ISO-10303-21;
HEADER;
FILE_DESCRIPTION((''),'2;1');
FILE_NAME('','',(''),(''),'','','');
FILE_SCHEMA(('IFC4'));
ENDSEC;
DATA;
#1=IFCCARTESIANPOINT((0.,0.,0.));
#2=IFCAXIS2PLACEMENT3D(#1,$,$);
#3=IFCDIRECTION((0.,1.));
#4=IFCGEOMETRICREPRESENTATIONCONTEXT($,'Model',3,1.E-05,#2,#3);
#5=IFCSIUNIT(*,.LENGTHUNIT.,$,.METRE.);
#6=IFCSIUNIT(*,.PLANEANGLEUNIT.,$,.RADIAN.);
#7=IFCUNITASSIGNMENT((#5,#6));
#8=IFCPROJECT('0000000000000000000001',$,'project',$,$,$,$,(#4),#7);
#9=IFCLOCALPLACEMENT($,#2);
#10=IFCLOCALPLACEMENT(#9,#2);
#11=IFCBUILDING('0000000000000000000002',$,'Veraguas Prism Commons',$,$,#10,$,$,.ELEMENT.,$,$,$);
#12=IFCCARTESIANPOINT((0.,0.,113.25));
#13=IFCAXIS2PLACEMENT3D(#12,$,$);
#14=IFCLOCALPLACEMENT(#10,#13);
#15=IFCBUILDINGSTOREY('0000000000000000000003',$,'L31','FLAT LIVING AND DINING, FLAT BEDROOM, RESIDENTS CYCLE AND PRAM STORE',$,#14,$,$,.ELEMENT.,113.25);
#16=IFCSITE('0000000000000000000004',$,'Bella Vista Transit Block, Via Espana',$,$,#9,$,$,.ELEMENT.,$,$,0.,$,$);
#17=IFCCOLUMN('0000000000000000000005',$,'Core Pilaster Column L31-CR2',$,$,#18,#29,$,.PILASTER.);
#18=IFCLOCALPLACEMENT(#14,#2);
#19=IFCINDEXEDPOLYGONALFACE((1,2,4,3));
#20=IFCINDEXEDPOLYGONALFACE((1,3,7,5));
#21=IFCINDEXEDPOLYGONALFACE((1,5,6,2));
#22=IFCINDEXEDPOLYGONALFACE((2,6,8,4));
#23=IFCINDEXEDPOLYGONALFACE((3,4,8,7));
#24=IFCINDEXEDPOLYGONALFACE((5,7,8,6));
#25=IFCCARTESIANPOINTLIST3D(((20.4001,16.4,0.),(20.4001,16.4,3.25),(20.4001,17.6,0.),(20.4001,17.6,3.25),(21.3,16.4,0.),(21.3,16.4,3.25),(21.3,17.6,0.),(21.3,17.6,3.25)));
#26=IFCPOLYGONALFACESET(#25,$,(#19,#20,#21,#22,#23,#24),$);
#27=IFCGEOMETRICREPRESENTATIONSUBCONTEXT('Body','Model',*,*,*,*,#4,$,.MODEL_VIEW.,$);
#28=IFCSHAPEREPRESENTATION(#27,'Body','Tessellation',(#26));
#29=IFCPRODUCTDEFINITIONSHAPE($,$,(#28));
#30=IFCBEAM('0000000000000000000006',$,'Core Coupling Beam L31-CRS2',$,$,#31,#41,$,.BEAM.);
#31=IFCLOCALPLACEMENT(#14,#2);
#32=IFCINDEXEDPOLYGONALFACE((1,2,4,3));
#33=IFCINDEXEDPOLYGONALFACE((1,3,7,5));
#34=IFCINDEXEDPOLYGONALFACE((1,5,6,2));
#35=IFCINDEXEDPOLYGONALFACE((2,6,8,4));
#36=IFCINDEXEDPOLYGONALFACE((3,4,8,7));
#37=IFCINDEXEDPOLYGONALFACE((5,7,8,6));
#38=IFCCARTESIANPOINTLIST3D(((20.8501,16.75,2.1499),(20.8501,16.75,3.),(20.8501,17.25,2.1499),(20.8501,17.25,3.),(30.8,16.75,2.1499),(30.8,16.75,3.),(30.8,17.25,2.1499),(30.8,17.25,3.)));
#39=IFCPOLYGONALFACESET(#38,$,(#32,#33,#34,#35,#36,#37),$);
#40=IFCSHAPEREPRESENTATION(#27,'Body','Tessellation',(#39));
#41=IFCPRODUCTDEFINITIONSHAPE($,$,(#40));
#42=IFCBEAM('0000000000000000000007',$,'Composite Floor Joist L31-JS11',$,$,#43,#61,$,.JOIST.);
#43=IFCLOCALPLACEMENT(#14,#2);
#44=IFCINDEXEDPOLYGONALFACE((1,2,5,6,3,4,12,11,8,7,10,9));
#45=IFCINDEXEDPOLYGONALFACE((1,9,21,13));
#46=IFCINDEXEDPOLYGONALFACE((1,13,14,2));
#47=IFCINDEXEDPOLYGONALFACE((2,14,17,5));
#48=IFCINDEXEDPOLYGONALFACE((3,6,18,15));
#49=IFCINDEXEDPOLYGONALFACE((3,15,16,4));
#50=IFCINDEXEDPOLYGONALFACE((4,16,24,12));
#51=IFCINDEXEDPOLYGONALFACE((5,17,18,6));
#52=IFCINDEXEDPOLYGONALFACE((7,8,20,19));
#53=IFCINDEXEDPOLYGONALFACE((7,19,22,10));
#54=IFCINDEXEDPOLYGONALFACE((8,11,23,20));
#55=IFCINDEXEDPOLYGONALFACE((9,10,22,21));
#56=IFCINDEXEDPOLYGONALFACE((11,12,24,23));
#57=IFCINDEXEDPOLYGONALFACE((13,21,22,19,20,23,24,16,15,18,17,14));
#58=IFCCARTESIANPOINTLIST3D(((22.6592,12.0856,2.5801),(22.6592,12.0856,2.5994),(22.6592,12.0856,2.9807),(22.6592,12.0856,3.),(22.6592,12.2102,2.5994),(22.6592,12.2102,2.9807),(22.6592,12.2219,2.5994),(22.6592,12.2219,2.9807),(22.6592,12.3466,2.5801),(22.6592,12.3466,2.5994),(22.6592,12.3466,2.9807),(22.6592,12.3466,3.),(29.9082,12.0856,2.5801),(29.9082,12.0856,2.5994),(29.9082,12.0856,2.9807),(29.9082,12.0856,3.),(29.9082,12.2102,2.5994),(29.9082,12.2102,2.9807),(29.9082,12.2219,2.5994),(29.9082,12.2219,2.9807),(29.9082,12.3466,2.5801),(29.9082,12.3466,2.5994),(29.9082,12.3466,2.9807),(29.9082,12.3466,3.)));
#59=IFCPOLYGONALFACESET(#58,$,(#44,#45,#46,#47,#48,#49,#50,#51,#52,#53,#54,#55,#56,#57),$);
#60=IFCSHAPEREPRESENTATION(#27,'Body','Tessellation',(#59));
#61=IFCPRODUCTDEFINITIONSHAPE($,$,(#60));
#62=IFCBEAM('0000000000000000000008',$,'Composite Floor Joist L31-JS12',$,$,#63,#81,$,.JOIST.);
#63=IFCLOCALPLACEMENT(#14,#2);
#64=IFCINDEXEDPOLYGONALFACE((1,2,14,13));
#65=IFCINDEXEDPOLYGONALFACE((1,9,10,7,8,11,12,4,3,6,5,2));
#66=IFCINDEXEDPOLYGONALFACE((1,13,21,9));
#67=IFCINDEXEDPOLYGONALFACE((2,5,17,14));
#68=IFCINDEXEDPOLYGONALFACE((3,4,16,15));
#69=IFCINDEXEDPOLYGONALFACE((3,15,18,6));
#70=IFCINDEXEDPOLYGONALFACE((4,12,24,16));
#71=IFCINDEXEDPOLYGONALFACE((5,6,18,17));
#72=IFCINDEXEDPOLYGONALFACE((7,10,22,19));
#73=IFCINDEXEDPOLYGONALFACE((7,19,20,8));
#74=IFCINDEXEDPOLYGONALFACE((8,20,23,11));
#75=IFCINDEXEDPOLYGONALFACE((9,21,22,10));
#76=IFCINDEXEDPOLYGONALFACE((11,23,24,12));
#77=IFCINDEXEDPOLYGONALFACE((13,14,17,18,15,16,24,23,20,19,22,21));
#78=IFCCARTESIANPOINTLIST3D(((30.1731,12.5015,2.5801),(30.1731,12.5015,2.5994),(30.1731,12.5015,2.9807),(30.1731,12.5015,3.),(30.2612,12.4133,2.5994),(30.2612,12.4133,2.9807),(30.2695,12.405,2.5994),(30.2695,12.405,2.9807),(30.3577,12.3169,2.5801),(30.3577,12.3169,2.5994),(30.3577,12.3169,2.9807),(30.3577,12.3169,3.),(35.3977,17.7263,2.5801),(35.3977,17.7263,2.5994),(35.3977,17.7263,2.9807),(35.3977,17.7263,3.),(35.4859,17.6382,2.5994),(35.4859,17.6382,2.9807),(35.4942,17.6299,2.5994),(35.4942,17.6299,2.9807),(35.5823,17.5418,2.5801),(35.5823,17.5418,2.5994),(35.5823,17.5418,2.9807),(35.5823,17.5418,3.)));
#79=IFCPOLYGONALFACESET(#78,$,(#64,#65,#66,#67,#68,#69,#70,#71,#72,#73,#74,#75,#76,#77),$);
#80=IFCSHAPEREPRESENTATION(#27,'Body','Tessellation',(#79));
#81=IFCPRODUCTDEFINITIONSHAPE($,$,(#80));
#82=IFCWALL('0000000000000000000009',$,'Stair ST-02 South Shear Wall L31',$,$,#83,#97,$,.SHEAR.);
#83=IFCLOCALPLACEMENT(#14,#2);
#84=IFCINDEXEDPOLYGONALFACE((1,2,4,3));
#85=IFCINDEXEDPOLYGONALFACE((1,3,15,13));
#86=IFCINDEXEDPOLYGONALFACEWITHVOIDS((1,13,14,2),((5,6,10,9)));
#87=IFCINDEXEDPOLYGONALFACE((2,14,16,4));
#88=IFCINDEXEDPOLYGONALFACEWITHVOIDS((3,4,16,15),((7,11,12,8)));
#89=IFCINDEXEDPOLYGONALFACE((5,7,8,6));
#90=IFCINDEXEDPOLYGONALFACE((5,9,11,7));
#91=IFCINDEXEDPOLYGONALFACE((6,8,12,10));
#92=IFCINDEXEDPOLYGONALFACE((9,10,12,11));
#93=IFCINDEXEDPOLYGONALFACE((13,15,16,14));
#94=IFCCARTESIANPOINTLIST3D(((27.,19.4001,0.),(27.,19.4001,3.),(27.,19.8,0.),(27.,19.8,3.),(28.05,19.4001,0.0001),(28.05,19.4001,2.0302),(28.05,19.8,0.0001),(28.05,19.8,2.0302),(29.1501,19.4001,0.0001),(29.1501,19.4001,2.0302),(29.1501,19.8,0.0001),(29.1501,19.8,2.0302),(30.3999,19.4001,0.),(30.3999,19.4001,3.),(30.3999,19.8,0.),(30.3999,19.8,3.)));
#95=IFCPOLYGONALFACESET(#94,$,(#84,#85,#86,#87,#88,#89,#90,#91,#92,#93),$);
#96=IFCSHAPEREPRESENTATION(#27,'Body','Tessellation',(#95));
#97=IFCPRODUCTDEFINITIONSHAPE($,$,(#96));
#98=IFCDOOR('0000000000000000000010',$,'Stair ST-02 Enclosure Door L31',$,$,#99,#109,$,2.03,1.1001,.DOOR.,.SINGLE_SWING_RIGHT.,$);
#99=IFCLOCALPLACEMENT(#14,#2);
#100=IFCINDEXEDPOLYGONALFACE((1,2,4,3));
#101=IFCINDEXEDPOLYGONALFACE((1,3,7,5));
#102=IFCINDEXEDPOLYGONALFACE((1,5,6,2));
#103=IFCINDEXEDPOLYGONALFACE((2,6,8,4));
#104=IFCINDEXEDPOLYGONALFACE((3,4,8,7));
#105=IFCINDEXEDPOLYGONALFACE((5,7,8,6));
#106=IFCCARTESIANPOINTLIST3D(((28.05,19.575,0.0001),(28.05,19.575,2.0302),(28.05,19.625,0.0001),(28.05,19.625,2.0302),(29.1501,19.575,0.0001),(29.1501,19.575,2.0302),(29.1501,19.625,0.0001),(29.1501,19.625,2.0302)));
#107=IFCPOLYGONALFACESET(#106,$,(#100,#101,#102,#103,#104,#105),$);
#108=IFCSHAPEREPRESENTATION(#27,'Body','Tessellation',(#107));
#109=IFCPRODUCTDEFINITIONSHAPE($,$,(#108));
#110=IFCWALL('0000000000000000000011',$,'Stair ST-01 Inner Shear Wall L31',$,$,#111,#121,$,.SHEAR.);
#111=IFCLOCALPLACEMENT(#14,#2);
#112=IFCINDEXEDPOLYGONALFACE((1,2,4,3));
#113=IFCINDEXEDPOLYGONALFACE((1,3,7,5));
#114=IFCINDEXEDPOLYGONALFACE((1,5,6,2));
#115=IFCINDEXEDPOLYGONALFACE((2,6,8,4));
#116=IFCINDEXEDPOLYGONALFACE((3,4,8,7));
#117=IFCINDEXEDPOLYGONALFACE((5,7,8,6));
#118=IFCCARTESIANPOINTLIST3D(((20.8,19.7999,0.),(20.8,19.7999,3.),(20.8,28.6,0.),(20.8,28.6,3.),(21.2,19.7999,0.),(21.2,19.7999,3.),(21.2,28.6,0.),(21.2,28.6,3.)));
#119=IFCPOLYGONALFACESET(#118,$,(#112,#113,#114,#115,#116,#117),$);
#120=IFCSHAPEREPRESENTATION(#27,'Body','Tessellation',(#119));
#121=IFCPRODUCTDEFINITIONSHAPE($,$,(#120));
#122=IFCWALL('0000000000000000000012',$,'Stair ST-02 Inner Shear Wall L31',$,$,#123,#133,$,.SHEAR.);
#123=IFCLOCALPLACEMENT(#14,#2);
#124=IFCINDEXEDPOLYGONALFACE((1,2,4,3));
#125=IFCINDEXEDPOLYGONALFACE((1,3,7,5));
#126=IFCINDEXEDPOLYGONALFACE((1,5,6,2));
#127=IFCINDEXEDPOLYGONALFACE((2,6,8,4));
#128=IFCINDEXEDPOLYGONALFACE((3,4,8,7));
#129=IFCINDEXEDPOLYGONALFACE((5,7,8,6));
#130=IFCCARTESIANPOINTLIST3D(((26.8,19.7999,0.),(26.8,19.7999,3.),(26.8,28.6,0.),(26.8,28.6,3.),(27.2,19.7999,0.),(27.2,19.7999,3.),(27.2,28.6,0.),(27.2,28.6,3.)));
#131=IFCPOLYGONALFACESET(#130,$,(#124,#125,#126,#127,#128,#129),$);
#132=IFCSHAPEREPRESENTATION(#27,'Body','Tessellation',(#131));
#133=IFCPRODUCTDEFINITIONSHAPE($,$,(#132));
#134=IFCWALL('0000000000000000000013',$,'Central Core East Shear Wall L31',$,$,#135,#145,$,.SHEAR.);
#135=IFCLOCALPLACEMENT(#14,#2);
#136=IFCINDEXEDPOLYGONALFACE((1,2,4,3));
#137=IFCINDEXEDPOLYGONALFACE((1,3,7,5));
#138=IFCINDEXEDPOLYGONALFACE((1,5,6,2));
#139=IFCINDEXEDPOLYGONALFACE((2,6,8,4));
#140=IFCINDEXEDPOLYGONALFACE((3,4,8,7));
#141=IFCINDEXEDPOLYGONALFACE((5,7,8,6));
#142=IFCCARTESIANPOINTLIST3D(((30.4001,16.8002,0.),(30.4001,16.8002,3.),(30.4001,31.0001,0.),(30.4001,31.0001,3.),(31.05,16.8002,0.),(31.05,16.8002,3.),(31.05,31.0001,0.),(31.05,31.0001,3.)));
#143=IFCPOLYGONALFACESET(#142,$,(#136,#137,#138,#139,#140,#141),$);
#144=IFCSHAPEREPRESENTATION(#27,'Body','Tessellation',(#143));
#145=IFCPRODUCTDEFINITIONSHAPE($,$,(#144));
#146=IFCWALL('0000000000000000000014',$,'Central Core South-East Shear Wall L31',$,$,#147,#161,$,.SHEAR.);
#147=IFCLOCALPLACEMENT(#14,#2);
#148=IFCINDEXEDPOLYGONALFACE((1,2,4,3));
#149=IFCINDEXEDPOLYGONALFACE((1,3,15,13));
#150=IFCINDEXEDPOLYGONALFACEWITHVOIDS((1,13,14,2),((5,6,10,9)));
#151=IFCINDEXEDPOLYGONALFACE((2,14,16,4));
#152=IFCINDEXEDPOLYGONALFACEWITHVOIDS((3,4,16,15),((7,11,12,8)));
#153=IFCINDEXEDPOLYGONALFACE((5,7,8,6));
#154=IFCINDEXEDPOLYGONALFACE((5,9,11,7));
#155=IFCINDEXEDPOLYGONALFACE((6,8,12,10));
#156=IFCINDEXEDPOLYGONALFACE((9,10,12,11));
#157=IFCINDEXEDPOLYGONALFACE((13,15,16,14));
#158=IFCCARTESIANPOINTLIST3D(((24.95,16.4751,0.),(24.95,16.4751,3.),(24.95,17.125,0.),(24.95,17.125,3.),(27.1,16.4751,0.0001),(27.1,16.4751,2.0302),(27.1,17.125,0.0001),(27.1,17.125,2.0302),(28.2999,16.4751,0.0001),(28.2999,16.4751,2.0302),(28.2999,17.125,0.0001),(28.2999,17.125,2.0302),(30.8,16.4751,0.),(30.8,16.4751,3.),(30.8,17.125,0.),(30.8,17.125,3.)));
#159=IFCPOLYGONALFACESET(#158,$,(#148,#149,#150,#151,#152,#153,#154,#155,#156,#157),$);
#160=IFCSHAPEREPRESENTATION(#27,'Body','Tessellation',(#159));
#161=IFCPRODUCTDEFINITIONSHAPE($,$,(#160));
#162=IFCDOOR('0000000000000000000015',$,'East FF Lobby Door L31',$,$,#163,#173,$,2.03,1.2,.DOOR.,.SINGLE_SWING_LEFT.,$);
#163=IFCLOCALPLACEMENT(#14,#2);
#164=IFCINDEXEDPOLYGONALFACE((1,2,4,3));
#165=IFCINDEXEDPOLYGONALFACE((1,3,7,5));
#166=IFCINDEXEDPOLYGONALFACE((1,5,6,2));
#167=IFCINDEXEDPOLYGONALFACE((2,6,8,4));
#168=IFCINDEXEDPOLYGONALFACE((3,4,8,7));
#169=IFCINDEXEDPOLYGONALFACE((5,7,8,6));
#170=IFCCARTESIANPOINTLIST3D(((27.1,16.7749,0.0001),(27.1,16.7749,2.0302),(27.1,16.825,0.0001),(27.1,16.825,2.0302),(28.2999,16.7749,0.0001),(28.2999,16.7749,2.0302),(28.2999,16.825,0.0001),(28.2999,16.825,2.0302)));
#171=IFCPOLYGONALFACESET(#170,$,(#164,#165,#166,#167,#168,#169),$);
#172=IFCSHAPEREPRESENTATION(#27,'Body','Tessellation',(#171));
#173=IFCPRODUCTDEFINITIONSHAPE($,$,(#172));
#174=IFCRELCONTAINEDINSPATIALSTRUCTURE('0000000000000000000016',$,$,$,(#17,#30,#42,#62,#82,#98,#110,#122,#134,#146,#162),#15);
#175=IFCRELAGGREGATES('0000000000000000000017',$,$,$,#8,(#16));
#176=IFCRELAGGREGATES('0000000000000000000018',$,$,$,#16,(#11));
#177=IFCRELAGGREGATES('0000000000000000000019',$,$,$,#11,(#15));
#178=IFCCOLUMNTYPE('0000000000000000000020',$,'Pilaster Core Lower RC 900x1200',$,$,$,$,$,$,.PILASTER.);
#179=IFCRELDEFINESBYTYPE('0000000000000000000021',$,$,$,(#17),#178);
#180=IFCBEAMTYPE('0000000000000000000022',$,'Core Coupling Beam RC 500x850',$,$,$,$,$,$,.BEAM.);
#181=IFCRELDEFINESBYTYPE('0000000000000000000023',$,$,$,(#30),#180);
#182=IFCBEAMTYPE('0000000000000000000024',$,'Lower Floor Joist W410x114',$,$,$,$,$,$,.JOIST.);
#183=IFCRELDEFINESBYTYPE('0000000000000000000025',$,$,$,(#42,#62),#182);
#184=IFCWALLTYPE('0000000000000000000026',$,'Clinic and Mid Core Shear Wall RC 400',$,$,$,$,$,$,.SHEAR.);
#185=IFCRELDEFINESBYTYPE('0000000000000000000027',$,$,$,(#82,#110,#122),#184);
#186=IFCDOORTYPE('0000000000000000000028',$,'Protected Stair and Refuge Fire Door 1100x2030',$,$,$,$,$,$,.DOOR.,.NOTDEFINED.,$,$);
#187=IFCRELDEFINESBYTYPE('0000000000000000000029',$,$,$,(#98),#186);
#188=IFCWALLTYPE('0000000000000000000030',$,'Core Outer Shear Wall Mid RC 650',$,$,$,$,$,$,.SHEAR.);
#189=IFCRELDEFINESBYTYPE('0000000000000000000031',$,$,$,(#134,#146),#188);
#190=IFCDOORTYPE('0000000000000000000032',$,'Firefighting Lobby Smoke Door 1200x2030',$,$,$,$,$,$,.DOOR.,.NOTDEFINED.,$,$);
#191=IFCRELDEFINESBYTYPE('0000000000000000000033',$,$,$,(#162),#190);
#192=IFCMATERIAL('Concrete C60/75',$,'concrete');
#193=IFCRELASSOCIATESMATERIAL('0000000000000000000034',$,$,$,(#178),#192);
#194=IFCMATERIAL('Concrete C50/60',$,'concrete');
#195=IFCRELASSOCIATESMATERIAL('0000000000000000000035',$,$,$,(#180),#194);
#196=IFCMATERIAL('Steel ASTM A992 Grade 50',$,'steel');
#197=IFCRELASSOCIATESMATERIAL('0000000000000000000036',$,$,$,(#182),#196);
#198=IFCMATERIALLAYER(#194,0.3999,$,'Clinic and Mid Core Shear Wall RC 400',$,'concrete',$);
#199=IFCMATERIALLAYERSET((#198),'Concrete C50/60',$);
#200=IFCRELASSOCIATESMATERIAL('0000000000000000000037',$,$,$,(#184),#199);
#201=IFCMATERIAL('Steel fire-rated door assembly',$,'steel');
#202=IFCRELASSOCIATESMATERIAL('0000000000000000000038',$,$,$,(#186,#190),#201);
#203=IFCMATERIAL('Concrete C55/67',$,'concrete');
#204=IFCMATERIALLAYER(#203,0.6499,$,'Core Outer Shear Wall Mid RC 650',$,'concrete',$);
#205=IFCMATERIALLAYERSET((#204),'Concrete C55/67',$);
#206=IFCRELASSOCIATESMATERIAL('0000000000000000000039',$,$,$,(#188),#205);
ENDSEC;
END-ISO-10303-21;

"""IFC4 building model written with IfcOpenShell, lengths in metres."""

from ifc_helpers import new_model, si_unit, direction, frame, frame_2d, origin, origin_2d, place, context, subcontext, project, spatial, rectangle, i_section, extrude, source, transform, mapped, material, layer, layer_set, material_profile, profile_set, type_object, element, fill, save


model = new_model("IFC4")

# Units and contexts
model_context = context("Model", 3, precision=1e-05, world=origin(), true_north=direction((0.0, 1.0)))
body_context = subcontext(model_context, "Body", "Model", "MODEL_VIEW")
ifc_project = project(units=[si_unit("LENGTHUNIT", "METRE"), si_unit("PLANEANGLEUNIT", "RADIAN")], contexts=[model_context])

# Site, building, storey
site_placement = place(None, origin())
site = spatial("IfcSite", under=ifc_project, at=site_placement, Name="Bella Vista Transit Block, Via Espana", CompositionType="ELEMENT", RefElevation=0.0)
building_placement = place(site_placement, origin())
building = spatial("IfcBuilding", under=site, at=building_placement, Name="Veraguas Prism Commons", CompositionType="ELEMENT")
storey_placement = place(building_placement, frame((0.0, 0.0, 113.25)))
storey = spatial("IfcBuildingStorey", under=building, at=storey_placement, Name="L31", Description="FLAT LIVING AND DINING, FLAT BEDROOM, RESIDENTS CYCLE AND PRAM STORE", CompositionType="ELEMENT", Elevation=113.25)

# Column
ifc_material_1 = material(Name="Concrete C60/75", Category="concrete")
ifc_material_profile_1 = material_profile(ifc_material_1, rectangle(XDim=0.8999, YDim=1.2, at=origin_2d()), Name="RC900X1200")
ifc_profile_set_1 = profile_set([ifc_material_profile_1], Name="Concrete C60/75")
column_type = type_object("IfcColumnType", Name="Pilaster Core Lower RC 900x1200", PredefinedType="PILASTER", material=ifc_profile_set_1)
column_placement = place(storey_placement, frame((20.8501, 17.0, 0.0), z_axis=(0.0, 0.0, 1.0), x_axis=(1.0, 0.0, 0.0)))
element("IfcColumn", 1, at=column_placement, inside=storey, type_object=column_type, Name="Core Pilaster Column L31-CR2", PredefinedType="PILASTER", context=body_context, shape_type="SweptSolid", body=[
    extrude(rectangle(XDim=0.8999, YDim=1.2, at=origin_2d()), origin(), (0.0, 0.0, 1.0), 3.25),
])

# Beams
ifc_material_2 = material(Name="Concrete C50/60", Category="concrete")
ifc_material_profile_2 = material_profile(ifc_material_2, rectangle(XDim=0.5, YDim=0.8501, at=origin_2d()), Name="RC500X850")
ifc_profile_set_2 = profile_set([ifc_material_profile_2], Name="Concrete C50/60")
beam_type_1 = type_object("IfcBeamType", Name="Core Coupling Beam RC 500x850", PredefinedType="BEAM", material=ifc_profile_set_2)
beam_1_placement = place(storey_placement, frame((20.8501, 17.0, 2.575), z_axis=(1.0, 0.0, 0.0), x_axis=(0.0, 1.0, 0.0)))
element("IfcBeam", 2, at=beam_1_placement, inside=storey, type_object=beam_type_1, Name="Core Coupling Beam L31-CRS2", PredefinedType="BEAM", context=body_context, shape_type="SweptSolid", body=[
    extrude(rectangle(XDim=0.5, YDim=0.8501, at=origin_2d()), origin(), (0.0, 0.0, 1.0), 9.95),
])
ifc_material_3 = material(Name="Steel ASTM A992 Grade 50", Category="steel")
ifc_material_profile_3 = material_profile(ifc_material_3, i_section(OverallWidth=0.261, OverallDepth=0.4199, WebThickness=0.0117, FlangeThickness=0.0193, at=origin_2d()), Name="W410X114")
ifc_profile_set_3 = profile_set([ifc_material_profile_3], Name="Steel ASTM A992 Grade 50")
beam_type_2 = type_object("IfcBeamType", Name="Lower Floor Joist W410x114", PredefinedType="JOIST", material=ifc_profile_set_3)
beam_2_placement = place(storey_placement, frame((22.6592, 12.2161, 2.79), z_axis=(1.0, 0.0, 0.0), x_axis=(0.0, 1.0, 0.0)))
element("IfcBeam", 3, at=beam_2_placement, inside=storey, type_object=beam_type_2, Name="Composite Floor Joist L31-JS11", PredefinedType="JOIST", context=body_context, shape_type="SweptSolid", body=[
    extrude(i_section(OverallWidth=0.261, OverallDepth=0.4199, WebThickness=0.0117, FlangeThickness=0.0193, at=origin_2d()), origin(), (0.0, 0.0, 1.0), 7.249),
])
beam_3_placement = place(storey_placement, frame((30.2654, 12.4092, 2.79), z_axis=(0.70709, 0.707123, 0.0), x_axis=(-0.707123, 0.70709, 0.0)))
element("IfcBeam", 4, at=beam_3_placement, inside=storey, type_object=beam_type_2, Name="Composite Floor Joist L31-JS12", PredefinedType="JOIST", context=body_context, shape_type="SweptSolid", body=[
    extrude(i_section(OverallWidth=0.261, OverallDepth=0.4199, WebThickness=0.0117, FlangeThickness=0.0193, at=origin_2d()), origin(), (0.0, 0.0, 1.0), 7.3889),
])

# Wall, opening, door
ifc_layer_1 = layer(ifc_material_2, 0.3999, Name="Clinic and Mid Core Shear Wall RC 400", Category="concrete")
ifc_layer_set_1 = layer_set([ifc_layer_1], Name="Concrete C50/60")
wall_type_1 = type_object("IfcWallType", Name="Clinic and Mid Core Shear Wall RC 400", PredefinedType="SHEAR", material=ifc_layer_set_1)
wall_1_placement = place(storey_placement, frame((27.0, 19.6001, 0.0), z_axis=(0.0, 0.0, 1.0), x_axis=(1.0, 0.0, 0.0)))
wall_1 = element("IfcWall", 5, at=wall_1_placement, inside=storey, type_object=wall_type_1, Name="Stair ST-02 South Shear Wall L31", PredefinedType="SHEAR", context=body_context, shape_type="SweptSolid", body=[
    extrude(rectangle(XDim=3.3999, YDim=0.3999, at=frame_2d((1.7, 0.0))), origin(), (0.0, 0.0, 1.0), 3.0),
])
opening_1_placement = place(wall_1_placement, frame((1.05, 0.0, 0.0)))
opening_1 = element("IfcOpeningElement", 6, at=opening_1_placement, cuts=wall_1, PredefinedType="OPENING", context=body_context, shape_type="SweptSolid", body=[
    extrude(rectangle(XDim=1.1001, YDim=2.03, at=frame_2d((0.55, 1.0151))), frame((0.0, 0.21, 0.0), z_axis=(0.0, -1.0, 0.0), x_axis=(1.0, 0.0, 0.0)), (0.0, 0.0, 1.0), 0.4199),
])
ifc_material_4 = material(Name="Steel fire-rated door assembly", Category="steel")
door_type_1 = type_object("IfcDoorType", Name="Protected Stair and Refuge Fire Door 1100x2030", OperationType="NOTDEFINED", PredefinedType="DOOR", material=ifc_material_4)
shared_shape_1 = source(origin(), body_context, "Body", "SweptSolid", [
    extrude(rectangle(XDim=1.1001, YDim=2.03, at=frame_2d((0.55, 1.0151))), frame((0.0, 0.0249, 0.0), z_axis=(0.0, -1.0, 0.0), x_axis=(1.0, 0.0, 0.0)), (0.0, 0.0, 1.0), 0.05),
])
door_1_placement = place(opening_1_placement, origin())
door_1 = element("IfcDoor", 7, at=door_1_placement, inside=storey, type_object=door_type_1, Name="Stair ST-02 Enclosure Door L31", OperationType="SINGLE_SWING_RIGHT", OverallHeight=2.03, OverallWidth=1.1001, PredefinedType="DOOR", context=body_context, shape_type="MappedRepresentation", body=[
    mapped(shared_shape_1, transform((0.0, 0.0, 0.0), scale=1.0)),
])
fill(opening_1, door_1)

# Walls
for number, where, z_axis, x_axis, name in (
    (8, (21.0, 19.8, 0.0), (0.0, 0.0, 1.0), (0.0, 1.0, 0.0), "Stair ST-01 Inner Shear Wall L31"),
    (9, (27.0, 19.8, 0.0), (0.0, 0.0, 1.0), (0.0, 1.0, 0.0), "Stair ST-02 Inner Shear Wall L31"),
):
    element("IfcWall", number, at=place(storey_placement, frame(where, z_axis=z_axis, x_axis=x_axis)), inside=storey, type_object=wall_type_1, Name=name, PredefinedType="SHEAR", context=body_context, shape_type="SweptSolid", body=[
        extrude(rectangle(XDim=8.8, YDim=0.3999, at=frame_2d((4.3999, 0.0))), origin(), (0.0, 0.0, 1.0), 3.0),
    ])
ifc_material_5 = material(Name="Concrete C55/67", Category="concrete")
ifc_layer_2 = layer(ifc_material_5, 0.6499, Name="Core Outer Shear Wall Mid RC 650", Category="concrete")
ifc_layer_set_2 = layer_set([ifc_layer_2], Name="Concrete C55/67")
wall_type_2 = type_object("IfcWallType", Name="Core Outer Shear Wall Mid RC 650", PredefinedType="SHEAR", material=ifc_layer_set_2)
wall_2_placement = place(storey_placement, frame((30.7251, 16.8, 0.0), z_axis=(0.0, 0.0, 1.0), x_axis=(0.0, 1.0, 0.0)))
element("IfcWall", 10, at=wall_2_placement, inside=storey, type_object=wall_type_2, Name="Central Core East Shear Wall L31", PredefinedType="SHEAR", context=body_context, shape_type="SweptSolid", body=[
    extrude(rectangle(XDim=14.2, YDim=0.6499, at=frame_2d((7.1001, 0.0))), origin(), (0.0, 0.0, 1.0), 3.0),
])

# Wall, opening, door
wall_3_placement = place(storey_placement, frame((24.95, 16.8, 0.0), z_axis=(0.0, 0.0, 1.0), x_axis=(1.0, 0.0, 0.0)))
wall_3 = element("IfcWall", 11, at=wall_3_placement, inside=storey, type_object=wall_type_2, Name="Central Core South-East Shear Wall L31", PredefinedType="SHEAR", context=body_context, shape_type="SweptSolid", body=[
    extrude(rectangle(XDim=5.8501, YDim=0.6499, at=frame_2d((2.925, 0.0))), origin(), (0.0, 0.0, 1.0), 3.0),
])
opening_2_placement = place(wall_3_placement, frame((2.1499, 0.0, 0.0)))
opening_2 = element("IfcOpeningElement", 12, at=opening_2_placement, cuts=wall_3, PredefinedType="OPENING", context=body_context, shape_type="SweptSolid", body=[
    extrude(rectangle(XDim=1.2, YDim=2.03, at=frame_2d((0.6001, 1.0151))), frame((0.0, 0.335, 0.0), z_axis=(0.0, -1.0, 0.0), x_axis=(1.0, 0.0, 0.0)), (0.0, 0.0, 1.0), 0.6699),
])
door_type_2 = type_object("IfcDoorType", Name="Firefighting Lobby Smoke Door 1200x2030", OperationType="NOTDEFINED", PredefinedType="DOOR", material=ifc_material_4)
shared_shape_2 = source(origin(), body_context, "Body", "SweptSolid", [
    extrude(rectangle(XDim=1.2, YDim=2.03, at=frame_2d((0.6001, 1.0151))), frame((0.0, 0.0249, 0.0), z_axis=(0.0, -1.0, 0.0), x_axis=(1.0, 0.0, 0.0)), (0.0, 0.0, 1.0), 0.05),
])
door_2_placement = place(opening_2_placement, origin())
door_2 = element("IfcDoor", 13, at=door_2_placement, inside=storey, type_object=door_type_2, Name="East FF Lobby Door L31", OperationType="SINGLE_SWING_LEFT", OverallHeight=2.03, OverallWidth=1.2, PredefinedType="DOOR", context=body_context, shape_type="MappedRepresentation", body=[
    mapped(shared_shape_2, transform((0.0, 0.0, 0.0), scale=1.0)),
])
fill(opening_2, door_2)

save(model, "model.ifc")
